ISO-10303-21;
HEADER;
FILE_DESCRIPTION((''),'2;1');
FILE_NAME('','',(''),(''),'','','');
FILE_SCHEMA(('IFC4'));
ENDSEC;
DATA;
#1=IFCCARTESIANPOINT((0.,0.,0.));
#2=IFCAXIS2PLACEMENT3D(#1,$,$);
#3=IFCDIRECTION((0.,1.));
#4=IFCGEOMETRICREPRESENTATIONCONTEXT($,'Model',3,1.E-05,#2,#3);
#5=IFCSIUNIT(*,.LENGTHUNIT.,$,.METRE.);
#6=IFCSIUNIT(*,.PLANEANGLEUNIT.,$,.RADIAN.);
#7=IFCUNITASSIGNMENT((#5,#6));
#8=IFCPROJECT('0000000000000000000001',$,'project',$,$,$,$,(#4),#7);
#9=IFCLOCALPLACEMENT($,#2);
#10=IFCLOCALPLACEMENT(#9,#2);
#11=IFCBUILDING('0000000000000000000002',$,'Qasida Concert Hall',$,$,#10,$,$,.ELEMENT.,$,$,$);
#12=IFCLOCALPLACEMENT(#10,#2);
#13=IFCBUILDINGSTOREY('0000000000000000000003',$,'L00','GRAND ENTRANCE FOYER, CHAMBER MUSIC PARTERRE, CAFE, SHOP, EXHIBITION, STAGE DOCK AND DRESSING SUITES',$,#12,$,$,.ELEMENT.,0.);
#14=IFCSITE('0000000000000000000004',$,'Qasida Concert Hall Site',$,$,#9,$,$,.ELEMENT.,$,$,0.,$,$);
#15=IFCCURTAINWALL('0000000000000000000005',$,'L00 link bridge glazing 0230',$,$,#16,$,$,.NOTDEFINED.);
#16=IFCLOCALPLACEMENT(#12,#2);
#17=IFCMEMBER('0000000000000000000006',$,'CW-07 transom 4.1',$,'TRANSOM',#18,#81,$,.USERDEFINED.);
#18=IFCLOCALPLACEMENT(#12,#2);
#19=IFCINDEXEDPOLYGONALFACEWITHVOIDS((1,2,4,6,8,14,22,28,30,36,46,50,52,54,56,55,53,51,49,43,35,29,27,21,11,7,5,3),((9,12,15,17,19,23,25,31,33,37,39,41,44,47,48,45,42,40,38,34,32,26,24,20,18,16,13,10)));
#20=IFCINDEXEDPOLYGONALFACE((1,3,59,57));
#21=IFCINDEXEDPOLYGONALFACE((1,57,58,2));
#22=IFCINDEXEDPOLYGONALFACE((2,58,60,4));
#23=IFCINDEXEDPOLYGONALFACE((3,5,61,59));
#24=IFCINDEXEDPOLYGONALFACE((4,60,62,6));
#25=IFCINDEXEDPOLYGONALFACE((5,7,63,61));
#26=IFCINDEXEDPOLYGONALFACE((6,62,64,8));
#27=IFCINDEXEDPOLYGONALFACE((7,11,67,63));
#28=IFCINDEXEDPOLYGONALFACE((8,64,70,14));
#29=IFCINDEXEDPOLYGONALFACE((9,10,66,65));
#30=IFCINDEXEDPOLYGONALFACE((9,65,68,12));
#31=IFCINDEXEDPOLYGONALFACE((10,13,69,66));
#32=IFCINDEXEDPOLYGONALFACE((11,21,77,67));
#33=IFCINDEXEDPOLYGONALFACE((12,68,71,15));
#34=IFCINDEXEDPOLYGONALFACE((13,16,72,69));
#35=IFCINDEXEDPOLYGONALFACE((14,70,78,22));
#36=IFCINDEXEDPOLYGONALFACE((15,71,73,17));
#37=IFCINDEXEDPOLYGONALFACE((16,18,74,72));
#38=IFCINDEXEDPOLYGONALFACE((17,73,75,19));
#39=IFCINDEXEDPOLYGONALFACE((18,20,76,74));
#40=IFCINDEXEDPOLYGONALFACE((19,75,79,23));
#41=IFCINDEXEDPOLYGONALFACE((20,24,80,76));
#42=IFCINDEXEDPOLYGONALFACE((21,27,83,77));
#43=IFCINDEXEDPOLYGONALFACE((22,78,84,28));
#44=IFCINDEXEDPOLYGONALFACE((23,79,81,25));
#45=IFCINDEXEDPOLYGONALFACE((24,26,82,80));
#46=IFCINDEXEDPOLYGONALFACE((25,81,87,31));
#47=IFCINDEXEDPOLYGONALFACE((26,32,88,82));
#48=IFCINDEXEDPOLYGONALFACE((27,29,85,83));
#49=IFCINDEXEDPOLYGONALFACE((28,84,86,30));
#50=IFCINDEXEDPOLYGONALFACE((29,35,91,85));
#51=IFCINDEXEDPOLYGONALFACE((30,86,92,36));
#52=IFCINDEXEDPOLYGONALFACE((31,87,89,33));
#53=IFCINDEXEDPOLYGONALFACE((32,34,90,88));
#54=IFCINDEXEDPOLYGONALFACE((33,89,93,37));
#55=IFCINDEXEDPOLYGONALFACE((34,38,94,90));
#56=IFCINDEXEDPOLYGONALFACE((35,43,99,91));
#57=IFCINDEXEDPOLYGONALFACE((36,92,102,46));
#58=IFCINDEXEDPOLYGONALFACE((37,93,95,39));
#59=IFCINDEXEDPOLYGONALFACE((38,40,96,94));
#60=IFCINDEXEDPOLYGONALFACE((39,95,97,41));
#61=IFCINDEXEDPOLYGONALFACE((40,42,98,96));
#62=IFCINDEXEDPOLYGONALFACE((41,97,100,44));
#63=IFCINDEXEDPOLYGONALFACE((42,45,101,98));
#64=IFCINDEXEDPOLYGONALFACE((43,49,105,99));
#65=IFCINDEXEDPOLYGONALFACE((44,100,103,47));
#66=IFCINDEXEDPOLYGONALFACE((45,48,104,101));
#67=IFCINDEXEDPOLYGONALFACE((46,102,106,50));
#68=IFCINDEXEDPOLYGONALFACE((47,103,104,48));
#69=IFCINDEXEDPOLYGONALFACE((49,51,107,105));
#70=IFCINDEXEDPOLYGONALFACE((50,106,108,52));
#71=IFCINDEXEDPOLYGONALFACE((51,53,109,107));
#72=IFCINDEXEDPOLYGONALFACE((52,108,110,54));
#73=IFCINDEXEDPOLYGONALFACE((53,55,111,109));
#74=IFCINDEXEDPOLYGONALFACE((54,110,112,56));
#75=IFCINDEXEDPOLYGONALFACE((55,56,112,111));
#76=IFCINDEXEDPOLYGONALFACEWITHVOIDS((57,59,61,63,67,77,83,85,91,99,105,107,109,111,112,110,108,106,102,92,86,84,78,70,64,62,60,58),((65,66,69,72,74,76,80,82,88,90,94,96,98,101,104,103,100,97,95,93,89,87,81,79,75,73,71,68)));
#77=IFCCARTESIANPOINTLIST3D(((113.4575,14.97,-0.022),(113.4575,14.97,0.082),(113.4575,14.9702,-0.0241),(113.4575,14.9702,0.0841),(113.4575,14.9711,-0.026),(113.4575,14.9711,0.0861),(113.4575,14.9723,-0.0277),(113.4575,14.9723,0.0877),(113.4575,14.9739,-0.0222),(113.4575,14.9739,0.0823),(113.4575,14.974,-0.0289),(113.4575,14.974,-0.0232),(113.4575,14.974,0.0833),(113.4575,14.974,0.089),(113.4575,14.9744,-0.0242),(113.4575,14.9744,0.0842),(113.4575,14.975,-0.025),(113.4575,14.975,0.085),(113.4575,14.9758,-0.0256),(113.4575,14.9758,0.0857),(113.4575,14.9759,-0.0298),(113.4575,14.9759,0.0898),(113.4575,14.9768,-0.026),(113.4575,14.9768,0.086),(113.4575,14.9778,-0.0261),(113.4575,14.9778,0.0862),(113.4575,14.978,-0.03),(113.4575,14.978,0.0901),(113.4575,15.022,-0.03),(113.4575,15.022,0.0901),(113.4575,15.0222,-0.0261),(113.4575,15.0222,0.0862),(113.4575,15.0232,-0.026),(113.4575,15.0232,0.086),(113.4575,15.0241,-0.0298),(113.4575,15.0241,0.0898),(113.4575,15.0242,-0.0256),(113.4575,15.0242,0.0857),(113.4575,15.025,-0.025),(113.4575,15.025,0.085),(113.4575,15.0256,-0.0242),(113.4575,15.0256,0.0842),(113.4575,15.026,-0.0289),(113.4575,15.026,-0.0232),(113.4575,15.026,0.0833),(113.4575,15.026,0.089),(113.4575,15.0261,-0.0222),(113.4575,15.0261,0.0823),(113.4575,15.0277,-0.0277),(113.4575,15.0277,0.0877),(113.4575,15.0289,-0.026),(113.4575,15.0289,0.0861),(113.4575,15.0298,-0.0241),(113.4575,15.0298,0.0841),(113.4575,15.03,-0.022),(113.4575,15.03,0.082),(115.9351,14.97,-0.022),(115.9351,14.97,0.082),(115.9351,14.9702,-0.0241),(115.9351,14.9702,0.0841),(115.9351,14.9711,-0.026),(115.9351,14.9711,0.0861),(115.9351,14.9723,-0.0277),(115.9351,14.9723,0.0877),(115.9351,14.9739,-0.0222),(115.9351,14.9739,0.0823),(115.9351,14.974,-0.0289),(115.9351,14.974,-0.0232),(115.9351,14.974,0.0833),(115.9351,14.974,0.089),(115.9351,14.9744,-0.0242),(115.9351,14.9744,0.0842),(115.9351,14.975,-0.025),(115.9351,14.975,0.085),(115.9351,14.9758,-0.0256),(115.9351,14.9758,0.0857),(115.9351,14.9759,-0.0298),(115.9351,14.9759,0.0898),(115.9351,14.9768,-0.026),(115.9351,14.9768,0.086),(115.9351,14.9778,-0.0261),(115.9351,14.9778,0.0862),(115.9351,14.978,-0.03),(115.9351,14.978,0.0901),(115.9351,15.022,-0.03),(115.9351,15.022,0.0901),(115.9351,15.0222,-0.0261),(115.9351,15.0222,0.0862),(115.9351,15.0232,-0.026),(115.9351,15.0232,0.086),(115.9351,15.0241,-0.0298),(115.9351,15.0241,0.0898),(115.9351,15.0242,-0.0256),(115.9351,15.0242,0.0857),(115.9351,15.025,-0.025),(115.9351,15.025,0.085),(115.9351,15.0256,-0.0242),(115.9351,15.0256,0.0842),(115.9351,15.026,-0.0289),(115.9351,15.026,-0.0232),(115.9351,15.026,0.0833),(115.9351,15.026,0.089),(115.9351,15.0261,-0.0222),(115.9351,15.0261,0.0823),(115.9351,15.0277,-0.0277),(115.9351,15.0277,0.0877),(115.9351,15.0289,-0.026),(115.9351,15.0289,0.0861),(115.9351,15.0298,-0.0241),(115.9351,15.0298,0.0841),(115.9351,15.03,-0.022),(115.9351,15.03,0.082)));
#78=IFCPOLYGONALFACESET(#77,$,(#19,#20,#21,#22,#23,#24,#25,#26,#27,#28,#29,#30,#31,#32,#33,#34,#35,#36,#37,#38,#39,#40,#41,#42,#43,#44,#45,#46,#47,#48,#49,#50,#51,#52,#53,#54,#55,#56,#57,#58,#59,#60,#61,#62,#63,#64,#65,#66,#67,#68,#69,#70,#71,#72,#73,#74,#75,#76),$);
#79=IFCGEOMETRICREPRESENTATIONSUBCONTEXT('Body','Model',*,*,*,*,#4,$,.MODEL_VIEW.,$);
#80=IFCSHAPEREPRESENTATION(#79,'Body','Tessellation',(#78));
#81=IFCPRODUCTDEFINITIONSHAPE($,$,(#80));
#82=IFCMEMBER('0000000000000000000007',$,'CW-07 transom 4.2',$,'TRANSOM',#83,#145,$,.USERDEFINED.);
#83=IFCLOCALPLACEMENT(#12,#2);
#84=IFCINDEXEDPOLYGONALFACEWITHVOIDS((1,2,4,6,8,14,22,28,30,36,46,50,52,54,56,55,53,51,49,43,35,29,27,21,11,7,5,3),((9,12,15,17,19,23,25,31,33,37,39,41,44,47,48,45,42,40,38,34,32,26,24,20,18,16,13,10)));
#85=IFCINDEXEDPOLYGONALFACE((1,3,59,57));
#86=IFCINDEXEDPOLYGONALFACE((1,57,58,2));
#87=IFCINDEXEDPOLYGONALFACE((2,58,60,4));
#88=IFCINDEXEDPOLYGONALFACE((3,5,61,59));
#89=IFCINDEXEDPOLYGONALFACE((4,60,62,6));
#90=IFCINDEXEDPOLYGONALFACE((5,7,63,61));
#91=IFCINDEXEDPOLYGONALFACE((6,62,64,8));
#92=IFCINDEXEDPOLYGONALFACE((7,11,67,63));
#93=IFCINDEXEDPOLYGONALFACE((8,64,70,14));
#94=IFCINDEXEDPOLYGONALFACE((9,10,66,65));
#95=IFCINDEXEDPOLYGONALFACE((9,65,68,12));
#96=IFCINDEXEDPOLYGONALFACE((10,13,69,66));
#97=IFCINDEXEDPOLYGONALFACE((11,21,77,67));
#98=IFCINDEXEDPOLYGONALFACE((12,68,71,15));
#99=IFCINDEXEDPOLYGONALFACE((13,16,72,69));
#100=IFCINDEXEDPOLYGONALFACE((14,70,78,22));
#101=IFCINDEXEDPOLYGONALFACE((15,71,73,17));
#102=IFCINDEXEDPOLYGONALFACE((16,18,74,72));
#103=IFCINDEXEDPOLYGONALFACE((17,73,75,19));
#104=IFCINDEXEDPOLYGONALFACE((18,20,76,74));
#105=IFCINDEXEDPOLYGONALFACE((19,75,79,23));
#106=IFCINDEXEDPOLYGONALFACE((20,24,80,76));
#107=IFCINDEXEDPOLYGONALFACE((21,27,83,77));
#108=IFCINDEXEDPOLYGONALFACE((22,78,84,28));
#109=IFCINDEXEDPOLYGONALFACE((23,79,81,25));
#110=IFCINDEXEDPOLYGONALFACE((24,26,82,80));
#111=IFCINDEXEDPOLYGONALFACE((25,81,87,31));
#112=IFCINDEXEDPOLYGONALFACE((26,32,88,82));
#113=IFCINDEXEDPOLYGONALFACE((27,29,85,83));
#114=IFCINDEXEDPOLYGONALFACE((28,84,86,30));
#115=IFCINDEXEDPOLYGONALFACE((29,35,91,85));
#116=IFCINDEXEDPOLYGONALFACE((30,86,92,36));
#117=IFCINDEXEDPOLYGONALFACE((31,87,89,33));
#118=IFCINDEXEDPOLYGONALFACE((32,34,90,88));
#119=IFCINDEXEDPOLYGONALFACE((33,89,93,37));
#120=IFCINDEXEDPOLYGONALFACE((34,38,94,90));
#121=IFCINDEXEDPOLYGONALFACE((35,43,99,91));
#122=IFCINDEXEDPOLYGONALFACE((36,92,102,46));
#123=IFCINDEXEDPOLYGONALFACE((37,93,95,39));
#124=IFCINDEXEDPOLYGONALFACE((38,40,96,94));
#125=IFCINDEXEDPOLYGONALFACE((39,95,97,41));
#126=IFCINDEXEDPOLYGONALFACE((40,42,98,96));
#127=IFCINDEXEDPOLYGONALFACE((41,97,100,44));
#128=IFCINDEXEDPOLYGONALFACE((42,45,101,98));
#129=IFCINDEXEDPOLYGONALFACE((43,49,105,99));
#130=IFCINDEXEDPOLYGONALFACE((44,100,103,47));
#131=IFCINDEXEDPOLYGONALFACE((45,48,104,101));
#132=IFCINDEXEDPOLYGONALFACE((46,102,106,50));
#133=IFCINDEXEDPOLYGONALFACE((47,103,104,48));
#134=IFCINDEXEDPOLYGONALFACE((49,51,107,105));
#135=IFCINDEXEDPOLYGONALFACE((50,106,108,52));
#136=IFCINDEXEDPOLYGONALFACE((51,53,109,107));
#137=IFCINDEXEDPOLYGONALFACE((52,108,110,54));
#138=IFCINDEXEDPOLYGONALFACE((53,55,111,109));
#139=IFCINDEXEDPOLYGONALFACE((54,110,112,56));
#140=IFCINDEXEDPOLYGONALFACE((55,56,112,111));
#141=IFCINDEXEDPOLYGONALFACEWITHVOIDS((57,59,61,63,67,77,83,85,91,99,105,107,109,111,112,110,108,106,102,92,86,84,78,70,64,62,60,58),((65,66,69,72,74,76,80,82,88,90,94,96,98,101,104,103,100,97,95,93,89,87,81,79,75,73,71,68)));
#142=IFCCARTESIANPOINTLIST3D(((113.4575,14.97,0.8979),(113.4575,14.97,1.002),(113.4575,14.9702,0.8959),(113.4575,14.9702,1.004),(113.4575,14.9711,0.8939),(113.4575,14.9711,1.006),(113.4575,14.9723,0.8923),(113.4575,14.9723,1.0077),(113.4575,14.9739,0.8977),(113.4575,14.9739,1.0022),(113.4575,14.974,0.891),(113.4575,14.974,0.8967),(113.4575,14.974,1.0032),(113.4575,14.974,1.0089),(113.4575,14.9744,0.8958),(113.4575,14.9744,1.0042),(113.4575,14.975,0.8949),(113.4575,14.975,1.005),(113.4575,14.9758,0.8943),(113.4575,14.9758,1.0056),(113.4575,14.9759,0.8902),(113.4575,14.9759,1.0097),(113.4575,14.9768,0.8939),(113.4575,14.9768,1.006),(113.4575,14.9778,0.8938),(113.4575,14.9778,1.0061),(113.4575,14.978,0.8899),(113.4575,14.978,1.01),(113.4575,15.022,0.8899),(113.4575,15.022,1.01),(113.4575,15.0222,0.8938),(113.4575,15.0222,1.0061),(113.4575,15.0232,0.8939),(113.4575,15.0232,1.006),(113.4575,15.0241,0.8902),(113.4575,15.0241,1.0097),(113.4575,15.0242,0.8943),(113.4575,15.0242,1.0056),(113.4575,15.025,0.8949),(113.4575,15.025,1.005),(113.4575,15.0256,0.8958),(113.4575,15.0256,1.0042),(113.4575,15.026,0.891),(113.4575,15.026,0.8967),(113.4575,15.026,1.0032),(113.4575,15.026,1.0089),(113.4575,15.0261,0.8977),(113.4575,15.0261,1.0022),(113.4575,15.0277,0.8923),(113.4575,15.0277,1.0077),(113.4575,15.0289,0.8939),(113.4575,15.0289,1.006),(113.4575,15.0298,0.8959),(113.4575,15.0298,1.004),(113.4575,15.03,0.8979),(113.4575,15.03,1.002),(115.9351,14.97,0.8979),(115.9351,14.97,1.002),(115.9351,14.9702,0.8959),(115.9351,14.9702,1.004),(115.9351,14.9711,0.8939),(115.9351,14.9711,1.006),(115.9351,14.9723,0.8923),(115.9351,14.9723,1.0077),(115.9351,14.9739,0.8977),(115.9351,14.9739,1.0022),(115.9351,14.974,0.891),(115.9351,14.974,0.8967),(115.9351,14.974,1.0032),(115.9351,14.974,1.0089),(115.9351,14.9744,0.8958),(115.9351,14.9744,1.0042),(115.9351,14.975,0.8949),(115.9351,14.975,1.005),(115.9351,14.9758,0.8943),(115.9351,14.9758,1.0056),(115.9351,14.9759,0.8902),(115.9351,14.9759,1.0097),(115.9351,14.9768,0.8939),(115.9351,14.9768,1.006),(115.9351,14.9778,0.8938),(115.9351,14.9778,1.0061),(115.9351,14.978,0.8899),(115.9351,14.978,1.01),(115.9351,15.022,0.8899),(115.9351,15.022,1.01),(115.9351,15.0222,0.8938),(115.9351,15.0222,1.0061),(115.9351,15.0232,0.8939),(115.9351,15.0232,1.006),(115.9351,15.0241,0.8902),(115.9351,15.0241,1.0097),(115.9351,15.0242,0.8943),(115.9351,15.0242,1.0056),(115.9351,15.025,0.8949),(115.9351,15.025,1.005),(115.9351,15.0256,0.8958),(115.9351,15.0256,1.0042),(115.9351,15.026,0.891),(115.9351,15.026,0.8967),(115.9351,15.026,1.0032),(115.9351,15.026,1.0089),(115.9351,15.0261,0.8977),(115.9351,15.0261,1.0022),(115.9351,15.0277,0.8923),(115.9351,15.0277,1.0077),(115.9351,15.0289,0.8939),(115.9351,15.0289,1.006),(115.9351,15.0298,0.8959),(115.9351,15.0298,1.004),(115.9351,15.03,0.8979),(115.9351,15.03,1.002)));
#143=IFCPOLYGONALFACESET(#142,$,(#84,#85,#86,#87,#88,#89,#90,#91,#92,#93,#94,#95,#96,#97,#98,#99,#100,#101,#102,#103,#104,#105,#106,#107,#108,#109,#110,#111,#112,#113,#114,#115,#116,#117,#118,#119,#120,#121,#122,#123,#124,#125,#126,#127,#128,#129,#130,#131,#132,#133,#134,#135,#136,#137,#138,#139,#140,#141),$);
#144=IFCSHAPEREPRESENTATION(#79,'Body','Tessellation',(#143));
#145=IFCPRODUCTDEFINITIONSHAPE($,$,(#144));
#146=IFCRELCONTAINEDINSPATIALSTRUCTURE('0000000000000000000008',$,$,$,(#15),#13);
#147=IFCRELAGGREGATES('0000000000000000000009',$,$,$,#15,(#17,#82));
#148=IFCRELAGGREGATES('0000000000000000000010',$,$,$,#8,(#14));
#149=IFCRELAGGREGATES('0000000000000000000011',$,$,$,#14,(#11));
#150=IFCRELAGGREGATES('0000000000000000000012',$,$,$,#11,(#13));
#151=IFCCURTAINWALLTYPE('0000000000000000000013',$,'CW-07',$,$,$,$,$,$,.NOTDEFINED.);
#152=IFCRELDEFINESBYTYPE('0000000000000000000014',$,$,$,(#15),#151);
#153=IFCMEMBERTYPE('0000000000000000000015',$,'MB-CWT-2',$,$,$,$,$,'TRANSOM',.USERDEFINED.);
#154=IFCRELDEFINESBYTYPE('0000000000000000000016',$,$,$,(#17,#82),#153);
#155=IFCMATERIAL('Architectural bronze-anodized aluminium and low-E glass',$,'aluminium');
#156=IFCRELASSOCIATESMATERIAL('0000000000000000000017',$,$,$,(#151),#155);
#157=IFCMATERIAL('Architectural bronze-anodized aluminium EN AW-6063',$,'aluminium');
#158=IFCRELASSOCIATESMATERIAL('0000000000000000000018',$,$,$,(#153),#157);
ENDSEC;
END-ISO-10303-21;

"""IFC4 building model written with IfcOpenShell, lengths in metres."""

from ifc_helpers import new_model, si_unit, direction, frame, origin, origin_2d, place, context, subcontext, project, spatial, hollow_rectangle, extrude, material, material_profile, profile_set, type_object, element, aggregate, save


model = new_model("IFC4")

# Units and contexts
model_context = context("Model", 3, precision=1e-05, world=origin(), true_north=direction((0.0, 1.0)))
body_context = subcontext(model_context, "Body", "Model", "MODEL_VIEW")
ifc_project = project(units=[si_unit("LENGTHUNIT", "METRE"), si_unit("PLANEANGLEUNIT", "RADIAN")], contexts=[model_context])

# Site, building, storey
site_placement = place(None, origin())
site = spatial("IfcSite", under=ifc_project, at=site_placement, Name="Qasida Concert Hall Site", CompositionType="ELEMENT", RefElevation=0.0)
building_placement = place(site_placement, origin())
building = spatial("IfcBuilding", under=site, at=building_placement, Name="Qasida Concert Hall", CompositionType="ELEMENT")
storey_placement = place(building_placement, origin())
storey = spatial("IfcBuildingStorey", under=building, at=storey_placement, Name="L00", Description="GRAND ENTRANCE FOYER, CHAMBER MUSIC PARTERRE, CAFE, SHOP, EXHIBITION, STAGE DOCK AND DRESSING SUITES", CompositionType="ELEMENT", Elevation=0.0)

# Curtain wall
ifc_material_1 = material(Name="Architectural bronze-anodized aluminium and low-E glass", Category="aluminium")
curtain_wall_type = type_object("IfcCurtainWallType", Name="CW-07", PredefinedType="NOTDEFINED", material=ifc_material_1)
curtain_wall_1_placement = place(storey_placement, origin())
curtain_wall_1 = element("IfcCurtainWall", 1, at=curtain_wall_1_placement, inside=storey, type_object=curtain_wall_type, Name="L00 link bridge glazing 0230", PredefinedType="NOTDEFINED")
ifc_material_2 = material(Name="Architectural bronze-anodized aluminium EN AW-6063", Category="aluminium")

# Members
ifc_material_profile_1 = material_profile(ifc_material_2, hollow_rectangle(XDim=0.0601, YDim=0.1201, WallThickness=0.0039, InnerFilletRadius=0.0039, OuterFilletRadius=0.0081, at=origin_2d()), Name="CWT 120x60x4")
ifc_profile_set_1 = profile_set([ifc_material_profile_1], Name="Architectural bronze-anodized aluminium EN AW-6063")
member_type_1 = type_object("IfcMemberType", Name="MB-CWT-2", ElementType="TRANSOM", PredefinedType="USERDEFINED", material=ifc_profile_set_1)
member_1_placement = place(storey_placement, frame((113.4575, 15.0, 0.03), z_axis=(1.0, 0.0, 0.0), x_axis=(0.0, 1.0, 0.0)))
member_1 = element("IfcMember", 2, at=member_1_placement, type_object=member_type_1, Name="CW-07 transom 4.1", ObjectType="TRANSOM", PredefinedType="USERDEFINED", context=body_context, shape_type="SweptSolid", body=[
    extrude(hollow_rectangle(XDim=0.0601, YDim=0.1201, WallThickness=0.0039, InnerFilletRadius=0.0039, OuterFilletRadius=0.0081, at=origin_2d()), origin(), (0.0, 0.0, 1.0), 2.4775),
])
member_2_placement = place(storey_placement, frame((113.4575, 15.0, 0.95), z_axis=(1.0, 0.0, 0.0), x_axis=(0.0, 1.0, 0.0)))
member_2 = element("IfcMember", 3, at=member_2_placement, type_object=member_type_1, Name="CW-07 transom 4.2", ObjectType="TRANSOM", PredefinedType="USERDEFINED", context=body_context, shape_type="SweptSolid", body=[
    extrude(hollow_rectangle(XDim=0.0601, YDim=0.1201, WallThickness=0.0039, InnerFilletRadius=0.0039, OuterFilletRadius=0.0081, at=origin_2d()), origin(), (0.0, 0.0, 1.0), 2.4775),
])

aggregate(curtain_wall_1, [member_1, member_2])

save(model, "model.ifc")
